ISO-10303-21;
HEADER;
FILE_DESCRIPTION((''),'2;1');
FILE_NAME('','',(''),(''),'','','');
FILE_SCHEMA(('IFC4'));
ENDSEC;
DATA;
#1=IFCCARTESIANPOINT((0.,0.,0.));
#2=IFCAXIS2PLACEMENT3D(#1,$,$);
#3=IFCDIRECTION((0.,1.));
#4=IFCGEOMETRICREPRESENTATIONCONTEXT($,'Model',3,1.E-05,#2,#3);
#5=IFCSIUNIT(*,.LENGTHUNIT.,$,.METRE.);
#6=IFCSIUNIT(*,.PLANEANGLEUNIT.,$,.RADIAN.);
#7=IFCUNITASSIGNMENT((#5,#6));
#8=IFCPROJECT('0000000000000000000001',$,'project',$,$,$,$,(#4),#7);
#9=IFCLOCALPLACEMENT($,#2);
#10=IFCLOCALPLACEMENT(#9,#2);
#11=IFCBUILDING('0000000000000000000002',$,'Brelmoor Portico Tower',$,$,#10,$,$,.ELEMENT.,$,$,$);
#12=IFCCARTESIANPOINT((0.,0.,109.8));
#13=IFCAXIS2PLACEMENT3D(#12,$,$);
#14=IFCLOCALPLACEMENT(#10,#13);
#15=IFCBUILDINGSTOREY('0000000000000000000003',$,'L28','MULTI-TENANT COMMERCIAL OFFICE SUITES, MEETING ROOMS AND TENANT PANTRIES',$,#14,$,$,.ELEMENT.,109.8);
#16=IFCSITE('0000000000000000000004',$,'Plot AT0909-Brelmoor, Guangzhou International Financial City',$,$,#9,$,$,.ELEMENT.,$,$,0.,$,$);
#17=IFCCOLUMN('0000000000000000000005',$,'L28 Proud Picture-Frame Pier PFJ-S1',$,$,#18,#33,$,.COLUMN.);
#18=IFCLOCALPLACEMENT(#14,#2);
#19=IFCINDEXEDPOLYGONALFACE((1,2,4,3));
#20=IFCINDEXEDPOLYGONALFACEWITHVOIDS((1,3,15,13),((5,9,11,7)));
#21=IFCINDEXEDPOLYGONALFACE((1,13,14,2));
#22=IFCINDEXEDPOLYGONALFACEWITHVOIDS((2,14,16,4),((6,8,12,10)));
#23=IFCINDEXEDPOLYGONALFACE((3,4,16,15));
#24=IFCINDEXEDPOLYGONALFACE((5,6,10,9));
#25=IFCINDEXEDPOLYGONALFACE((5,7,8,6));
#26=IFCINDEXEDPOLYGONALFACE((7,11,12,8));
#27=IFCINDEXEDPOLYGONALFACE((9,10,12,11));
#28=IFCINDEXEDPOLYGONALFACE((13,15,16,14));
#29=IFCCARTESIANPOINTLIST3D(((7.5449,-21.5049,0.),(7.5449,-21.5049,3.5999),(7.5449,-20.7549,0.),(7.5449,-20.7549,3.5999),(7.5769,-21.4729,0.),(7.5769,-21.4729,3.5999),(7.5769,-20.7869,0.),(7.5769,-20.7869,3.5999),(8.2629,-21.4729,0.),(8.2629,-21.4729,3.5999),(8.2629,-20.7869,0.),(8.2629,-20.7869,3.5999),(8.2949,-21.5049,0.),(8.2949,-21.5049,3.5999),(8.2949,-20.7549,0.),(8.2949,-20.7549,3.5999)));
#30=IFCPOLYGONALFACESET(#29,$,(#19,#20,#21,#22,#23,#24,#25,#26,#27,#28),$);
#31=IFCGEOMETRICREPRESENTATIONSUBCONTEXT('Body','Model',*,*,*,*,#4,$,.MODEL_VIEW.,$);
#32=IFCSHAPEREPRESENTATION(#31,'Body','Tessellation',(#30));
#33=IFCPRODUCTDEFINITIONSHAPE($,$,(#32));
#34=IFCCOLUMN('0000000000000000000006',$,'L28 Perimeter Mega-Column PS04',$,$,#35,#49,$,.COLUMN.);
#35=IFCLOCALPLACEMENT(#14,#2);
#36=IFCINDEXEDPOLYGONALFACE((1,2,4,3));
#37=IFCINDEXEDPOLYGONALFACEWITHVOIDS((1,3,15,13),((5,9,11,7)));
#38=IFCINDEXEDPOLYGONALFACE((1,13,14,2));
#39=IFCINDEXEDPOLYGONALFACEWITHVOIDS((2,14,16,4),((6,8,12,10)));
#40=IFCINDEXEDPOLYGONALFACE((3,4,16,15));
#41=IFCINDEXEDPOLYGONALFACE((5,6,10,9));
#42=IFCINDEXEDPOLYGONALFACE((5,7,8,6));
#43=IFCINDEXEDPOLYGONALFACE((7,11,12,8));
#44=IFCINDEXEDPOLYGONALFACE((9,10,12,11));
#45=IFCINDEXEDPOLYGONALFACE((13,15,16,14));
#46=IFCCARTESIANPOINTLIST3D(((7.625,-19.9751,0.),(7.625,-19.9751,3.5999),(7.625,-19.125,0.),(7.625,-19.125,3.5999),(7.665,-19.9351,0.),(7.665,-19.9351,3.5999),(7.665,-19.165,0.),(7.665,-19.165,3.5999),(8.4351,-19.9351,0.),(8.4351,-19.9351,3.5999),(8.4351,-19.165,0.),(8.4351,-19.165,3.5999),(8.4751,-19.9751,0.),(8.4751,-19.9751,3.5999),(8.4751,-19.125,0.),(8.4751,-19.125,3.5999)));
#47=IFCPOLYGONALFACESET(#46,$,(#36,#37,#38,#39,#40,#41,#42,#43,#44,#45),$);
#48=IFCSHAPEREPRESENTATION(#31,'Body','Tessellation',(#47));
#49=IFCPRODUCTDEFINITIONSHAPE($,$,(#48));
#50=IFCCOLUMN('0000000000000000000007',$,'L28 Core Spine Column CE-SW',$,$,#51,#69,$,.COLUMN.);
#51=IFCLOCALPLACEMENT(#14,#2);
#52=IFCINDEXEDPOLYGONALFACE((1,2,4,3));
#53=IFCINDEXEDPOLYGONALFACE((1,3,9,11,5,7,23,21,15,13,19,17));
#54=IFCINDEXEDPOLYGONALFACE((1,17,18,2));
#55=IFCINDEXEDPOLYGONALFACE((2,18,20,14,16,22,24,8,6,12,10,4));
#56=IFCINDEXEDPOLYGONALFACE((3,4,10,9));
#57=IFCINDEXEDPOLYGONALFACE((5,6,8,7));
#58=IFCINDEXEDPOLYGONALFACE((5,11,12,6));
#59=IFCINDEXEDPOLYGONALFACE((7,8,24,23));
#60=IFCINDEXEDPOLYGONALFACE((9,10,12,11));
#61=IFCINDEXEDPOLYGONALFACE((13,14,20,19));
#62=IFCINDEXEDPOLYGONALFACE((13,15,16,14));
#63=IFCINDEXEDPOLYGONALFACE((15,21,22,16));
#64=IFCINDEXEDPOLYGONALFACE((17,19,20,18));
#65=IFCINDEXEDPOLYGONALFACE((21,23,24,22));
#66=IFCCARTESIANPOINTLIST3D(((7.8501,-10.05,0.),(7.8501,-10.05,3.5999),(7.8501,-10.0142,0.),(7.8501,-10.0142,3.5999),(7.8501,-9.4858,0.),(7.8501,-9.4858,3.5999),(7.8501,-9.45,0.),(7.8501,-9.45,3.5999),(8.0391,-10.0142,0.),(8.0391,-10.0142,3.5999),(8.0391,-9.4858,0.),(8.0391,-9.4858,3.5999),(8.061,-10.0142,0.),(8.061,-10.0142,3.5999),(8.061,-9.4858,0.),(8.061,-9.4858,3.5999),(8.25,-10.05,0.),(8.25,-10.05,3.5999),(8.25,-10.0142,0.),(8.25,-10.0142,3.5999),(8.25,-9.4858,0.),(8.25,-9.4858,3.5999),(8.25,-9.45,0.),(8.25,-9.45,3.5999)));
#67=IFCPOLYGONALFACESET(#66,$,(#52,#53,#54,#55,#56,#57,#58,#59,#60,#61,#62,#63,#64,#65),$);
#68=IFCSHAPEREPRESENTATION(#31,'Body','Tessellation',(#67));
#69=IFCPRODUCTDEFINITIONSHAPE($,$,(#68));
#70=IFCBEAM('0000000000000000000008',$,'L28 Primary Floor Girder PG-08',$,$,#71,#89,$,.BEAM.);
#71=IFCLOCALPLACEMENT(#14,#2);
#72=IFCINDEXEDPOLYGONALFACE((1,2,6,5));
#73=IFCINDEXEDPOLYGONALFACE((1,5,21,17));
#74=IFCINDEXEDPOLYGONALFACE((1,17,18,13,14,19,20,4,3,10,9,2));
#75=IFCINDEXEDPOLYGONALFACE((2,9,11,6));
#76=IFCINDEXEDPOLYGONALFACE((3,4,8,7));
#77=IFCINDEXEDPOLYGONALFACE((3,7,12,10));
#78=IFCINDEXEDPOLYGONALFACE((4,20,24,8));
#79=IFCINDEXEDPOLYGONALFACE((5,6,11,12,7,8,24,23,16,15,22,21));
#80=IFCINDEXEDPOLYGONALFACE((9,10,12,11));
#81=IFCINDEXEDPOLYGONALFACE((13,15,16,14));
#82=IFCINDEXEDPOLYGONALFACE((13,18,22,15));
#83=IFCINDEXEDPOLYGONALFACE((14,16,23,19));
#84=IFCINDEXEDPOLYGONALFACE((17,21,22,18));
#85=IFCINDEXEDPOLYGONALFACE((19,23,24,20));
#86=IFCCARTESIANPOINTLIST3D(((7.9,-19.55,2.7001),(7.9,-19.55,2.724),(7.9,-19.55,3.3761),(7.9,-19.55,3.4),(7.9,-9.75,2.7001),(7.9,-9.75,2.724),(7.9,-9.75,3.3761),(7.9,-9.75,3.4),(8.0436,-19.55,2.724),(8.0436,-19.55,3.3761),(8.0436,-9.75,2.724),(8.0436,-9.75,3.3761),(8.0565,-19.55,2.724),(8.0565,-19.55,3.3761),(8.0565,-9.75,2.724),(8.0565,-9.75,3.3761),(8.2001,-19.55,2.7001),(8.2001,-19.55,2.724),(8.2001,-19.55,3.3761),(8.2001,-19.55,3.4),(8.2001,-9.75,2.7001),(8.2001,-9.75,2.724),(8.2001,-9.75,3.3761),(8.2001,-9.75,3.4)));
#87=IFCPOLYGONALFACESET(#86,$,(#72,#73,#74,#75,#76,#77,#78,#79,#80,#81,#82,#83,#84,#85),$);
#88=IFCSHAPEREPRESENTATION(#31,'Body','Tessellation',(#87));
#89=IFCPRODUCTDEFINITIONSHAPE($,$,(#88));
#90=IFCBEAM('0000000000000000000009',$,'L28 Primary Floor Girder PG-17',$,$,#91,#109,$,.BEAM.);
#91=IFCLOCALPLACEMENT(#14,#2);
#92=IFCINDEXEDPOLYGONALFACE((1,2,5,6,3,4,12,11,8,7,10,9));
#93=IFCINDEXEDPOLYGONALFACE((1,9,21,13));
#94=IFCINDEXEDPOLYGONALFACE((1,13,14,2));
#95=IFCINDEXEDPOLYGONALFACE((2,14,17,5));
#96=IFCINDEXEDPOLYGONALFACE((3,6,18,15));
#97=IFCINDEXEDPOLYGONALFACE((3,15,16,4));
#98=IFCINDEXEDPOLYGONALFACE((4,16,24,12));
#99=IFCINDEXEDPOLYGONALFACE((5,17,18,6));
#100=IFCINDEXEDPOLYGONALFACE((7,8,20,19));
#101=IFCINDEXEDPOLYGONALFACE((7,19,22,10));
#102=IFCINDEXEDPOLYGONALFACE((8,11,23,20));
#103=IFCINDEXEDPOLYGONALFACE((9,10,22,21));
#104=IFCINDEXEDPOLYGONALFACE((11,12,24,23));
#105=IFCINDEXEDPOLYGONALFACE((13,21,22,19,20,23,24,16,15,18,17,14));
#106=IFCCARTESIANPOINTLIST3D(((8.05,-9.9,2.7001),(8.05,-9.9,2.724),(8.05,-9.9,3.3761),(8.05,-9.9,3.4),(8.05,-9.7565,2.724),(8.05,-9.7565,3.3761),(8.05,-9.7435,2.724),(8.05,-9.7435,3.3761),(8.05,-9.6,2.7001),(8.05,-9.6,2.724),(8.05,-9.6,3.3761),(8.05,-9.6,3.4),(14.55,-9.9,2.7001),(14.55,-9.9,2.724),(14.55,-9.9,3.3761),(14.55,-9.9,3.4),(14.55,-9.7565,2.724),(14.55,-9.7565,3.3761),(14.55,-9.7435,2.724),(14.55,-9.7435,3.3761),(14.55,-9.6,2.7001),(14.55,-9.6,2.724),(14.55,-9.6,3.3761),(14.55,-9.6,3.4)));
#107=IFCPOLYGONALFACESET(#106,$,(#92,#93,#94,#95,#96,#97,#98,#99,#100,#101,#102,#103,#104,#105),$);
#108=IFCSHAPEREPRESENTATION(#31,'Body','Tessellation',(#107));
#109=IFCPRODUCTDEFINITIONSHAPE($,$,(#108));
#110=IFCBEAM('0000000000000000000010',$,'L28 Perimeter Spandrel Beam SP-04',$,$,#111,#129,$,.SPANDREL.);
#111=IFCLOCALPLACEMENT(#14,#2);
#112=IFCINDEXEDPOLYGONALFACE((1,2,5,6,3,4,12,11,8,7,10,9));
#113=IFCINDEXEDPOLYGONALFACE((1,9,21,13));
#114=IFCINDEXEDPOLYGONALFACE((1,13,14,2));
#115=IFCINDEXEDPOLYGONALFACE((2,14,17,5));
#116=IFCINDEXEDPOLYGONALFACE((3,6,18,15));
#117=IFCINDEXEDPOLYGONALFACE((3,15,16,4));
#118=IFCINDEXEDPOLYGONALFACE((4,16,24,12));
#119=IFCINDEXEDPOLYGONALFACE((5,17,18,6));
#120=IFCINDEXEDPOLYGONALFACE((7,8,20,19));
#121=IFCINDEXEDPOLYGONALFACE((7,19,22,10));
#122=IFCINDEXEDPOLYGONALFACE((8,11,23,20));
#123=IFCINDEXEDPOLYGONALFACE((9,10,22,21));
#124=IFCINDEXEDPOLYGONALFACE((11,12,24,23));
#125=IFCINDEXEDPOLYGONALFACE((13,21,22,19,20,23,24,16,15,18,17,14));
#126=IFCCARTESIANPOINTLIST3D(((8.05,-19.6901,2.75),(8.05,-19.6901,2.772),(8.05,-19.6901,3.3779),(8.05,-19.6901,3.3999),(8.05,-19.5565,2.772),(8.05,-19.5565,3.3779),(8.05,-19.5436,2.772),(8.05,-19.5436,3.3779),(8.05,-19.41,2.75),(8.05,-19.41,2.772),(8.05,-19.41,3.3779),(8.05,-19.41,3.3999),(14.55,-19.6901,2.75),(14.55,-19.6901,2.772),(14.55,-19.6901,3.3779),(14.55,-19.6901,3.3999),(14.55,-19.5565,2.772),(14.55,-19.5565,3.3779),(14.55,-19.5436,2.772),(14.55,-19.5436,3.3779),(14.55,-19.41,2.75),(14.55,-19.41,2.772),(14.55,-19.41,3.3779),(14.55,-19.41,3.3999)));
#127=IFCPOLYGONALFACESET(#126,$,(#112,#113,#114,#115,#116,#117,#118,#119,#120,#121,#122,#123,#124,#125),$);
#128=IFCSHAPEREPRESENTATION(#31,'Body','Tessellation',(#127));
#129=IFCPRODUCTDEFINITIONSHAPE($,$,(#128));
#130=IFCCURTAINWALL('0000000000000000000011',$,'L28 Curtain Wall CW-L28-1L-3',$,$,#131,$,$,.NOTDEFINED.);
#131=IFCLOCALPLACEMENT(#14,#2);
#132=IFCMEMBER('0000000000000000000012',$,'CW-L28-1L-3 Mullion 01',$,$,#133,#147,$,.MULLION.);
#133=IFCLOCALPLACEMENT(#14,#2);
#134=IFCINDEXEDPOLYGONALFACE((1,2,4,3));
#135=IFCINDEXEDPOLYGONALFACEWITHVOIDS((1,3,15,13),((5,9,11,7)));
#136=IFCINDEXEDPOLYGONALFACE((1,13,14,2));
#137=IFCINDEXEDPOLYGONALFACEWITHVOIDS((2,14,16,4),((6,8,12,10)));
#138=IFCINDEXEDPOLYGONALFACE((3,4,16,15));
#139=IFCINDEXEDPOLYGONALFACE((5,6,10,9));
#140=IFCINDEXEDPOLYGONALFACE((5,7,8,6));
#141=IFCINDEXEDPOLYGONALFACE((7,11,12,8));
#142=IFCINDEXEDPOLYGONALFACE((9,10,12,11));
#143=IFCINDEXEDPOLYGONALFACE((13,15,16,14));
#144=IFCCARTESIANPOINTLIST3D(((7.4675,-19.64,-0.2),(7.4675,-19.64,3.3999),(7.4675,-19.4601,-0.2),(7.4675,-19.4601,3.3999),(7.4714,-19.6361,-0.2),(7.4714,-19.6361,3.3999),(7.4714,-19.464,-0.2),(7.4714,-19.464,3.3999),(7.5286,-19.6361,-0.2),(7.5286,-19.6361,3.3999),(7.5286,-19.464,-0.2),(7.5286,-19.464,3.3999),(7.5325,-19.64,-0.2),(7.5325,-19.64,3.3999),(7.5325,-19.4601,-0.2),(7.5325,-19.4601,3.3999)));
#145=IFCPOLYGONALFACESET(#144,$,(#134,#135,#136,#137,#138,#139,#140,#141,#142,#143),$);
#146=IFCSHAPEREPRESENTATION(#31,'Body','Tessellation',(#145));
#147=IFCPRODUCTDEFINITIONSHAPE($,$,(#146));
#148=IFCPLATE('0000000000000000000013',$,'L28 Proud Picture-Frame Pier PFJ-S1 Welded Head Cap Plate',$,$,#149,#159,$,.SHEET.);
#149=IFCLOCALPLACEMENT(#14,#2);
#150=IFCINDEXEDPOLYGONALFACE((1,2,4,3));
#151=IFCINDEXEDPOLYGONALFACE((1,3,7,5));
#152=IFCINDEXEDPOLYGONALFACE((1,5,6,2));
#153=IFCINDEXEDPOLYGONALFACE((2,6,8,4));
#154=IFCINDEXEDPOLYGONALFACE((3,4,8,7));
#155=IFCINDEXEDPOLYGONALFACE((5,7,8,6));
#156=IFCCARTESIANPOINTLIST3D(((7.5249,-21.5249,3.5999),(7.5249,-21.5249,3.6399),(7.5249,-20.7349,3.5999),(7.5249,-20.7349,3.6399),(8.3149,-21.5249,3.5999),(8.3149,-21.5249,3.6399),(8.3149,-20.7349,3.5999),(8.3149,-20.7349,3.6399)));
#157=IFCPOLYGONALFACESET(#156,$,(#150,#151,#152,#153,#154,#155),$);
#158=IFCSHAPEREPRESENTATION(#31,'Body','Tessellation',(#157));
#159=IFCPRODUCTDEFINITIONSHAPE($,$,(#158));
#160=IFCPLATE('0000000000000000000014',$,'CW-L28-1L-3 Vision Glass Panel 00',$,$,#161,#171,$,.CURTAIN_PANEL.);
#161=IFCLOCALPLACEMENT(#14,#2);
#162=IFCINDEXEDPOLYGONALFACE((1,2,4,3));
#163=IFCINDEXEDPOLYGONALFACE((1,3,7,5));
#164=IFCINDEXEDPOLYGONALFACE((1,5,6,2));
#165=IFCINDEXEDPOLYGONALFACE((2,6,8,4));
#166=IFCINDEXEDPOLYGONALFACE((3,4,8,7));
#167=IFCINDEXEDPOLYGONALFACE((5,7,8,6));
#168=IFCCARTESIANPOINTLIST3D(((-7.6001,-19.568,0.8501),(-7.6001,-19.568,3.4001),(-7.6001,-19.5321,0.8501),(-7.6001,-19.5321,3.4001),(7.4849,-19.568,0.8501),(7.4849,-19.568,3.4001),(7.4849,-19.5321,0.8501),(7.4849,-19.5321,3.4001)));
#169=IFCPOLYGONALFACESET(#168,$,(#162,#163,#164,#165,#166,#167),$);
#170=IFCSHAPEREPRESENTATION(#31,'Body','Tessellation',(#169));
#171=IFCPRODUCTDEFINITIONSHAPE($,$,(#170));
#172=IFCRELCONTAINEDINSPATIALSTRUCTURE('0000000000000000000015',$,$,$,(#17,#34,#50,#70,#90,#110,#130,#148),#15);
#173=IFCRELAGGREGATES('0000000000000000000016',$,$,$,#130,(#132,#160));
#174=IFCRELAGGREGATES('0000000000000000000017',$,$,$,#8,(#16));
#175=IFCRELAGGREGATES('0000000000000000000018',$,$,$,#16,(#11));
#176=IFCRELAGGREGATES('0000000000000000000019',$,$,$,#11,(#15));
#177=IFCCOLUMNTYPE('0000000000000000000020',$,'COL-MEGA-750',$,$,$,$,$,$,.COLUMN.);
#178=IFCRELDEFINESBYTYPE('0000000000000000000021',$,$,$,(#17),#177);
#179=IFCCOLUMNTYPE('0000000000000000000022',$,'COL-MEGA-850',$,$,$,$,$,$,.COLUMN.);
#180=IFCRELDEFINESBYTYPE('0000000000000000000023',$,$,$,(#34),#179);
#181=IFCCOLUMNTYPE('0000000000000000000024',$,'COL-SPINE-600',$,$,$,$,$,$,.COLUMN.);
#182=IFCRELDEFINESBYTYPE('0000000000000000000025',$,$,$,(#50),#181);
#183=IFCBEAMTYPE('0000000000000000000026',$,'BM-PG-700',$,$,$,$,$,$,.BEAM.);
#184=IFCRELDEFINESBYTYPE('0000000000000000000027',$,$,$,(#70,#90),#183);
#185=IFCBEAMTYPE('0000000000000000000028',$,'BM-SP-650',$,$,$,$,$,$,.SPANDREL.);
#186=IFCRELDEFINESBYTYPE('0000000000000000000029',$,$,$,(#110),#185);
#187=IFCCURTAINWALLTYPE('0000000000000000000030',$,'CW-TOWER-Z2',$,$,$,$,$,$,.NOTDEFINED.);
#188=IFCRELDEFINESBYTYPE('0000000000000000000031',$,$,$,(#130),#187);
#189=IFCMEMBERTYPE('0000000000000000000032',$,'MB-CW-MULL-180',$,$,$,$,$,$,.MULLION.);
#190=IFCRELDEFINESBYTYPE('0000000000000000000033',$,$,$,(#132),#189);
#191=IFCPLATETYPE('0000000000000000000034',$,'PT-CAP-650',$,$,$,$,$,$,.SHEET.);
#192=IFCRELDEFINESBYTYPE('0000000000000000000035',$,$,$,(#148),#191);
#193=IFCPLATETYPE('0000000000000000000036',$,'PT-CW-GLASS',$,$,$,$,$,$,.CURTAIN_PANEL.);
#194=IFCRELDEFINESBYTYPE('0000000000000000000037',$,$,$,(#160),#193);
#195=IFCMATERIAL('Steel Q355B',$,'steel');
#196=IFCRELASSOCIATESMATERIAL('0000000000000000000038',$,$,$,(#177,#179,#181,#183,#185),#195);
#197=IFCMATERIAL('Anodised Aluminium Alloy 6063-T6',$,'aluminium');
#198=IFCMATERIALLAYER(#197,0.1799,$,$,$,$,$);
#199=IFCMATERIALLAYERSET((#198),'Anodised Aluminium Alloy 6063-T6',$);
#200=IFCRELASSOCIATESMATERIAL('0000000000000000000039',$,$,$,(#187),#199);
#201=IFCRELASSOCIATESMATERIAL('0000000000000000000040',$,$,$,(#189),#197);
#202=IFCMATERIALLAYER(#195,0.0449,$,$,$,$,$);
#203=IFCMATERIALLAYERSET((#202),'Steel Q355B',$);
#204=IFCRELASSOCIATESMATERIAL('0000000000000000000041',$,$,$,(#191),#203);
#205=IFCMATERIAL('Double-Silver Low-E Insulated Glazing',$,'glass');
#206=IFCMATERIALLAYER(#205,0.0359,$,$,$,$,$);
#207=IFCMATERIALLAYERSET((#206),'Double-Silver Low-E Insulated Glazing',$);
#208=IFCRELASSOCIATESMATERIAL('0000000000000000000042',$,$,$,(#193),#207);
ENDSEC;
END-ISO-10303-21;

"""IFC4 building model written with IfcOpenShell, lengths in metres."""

from ifc_helpers import new_model, si_unit, direction, frame, origin, origin_2d, place, context, subcontext, project, spatial, rectangle, hollow_rectangle, i_section, extrude, material, layer, layer_set, material_profile, profile_set, type_object, element, aggregate, save


model = new_model("IFC4")

# Units and contexts
model_context = context("Model", 3, precision=1e-05, world=origin(), true_north=direction((0.0, 1.0)))
body_context = subcontext(model_context, "Body", "Model", "MODEL_VIEW")
ifc_project = project(units=[si_unit("LENGTHUNIT", "METRE"), si_unit("PLANEANGLEUNIT", "RADIAN")], contexts=[model_context])

# Site, building, storey
site_placement = place(None, origin())
site = spatial("IfcSite", under=ifc_project, at=site_placement, Name="Plot AT0909-Brelmoor, Guangzhou International Financial City", CompositionType="ELEMENT", RefElevation=0.0)
building_placement = place(site_placement, origin())
building = spatial("IfcBuilding", under=site, at=building_placement, Name="Brelmoor Portico Tower", CompositionType="ELEMENT")
storey_placement = place(building_placement, frame((0.0, 0.0, 109.8)))
storey = spatial("IfcBuildingStorey", under=building, at=storey_placement, Name="L28", Description="MULTI-TENANT COMMERCIAL OFFICE SUITES, MEETING ROOMS AND TENANT PANTRIES", CompositionType="ELEMENT", Elevation=109.8)

# Columns
ifc_material_1 = material(Name="Steel Q355B", Category="steel")
ifc_material_profile_1 = material_profile(ifc_material_1, hollow_rectangle(XDim=0.75, YDim=0.75, WallThickness=0.032, at=origin_2d()), Name="BOX 750x750x32")
ifc_profile_set_1 = profile_set([ifc_material_profile_1], Name="Steel Q355B")
column_type_1 = type_object("IfcColumnType", Name="COL-MEGA-750", PredefinedType="COLUMN", material=ifc_profile_set_1)
column_1_placement = place(storey_placement, frame((7.9199, -21.1299, 0.0), z_axis=(0.0, 0.0, 1.0), x_axis=(1.0, 0.0, 0.0)))
element("IfcColumn", 1, at=column_1_placement, inside=storey, type_object=column_type_1, Name="L28 Proud Picture-Frame Pier PFJ-S1", PredefinedType="COLUMN", context=body_context, shape_type="SweptSolid", body=[
    extrude(hollow_rectangle(XDim=0.75, YDim=0.75, WallThickness=0.032, at=origin_2d()), origin(), (0.0, 0.0, 1.0), 3.5999),
])
ifc_material_profile_2 = material_profile(ifc_material_1, hollow_rectangle(XDim=0.8501, YDim=0.8501, WallThickness=0.04, at=origin_2d()), Name="BOX 850x850x40")
ifc_profile_set_2 = profile_set([ifc_material_profile_2], Name="Steel Q355B")
column_type_2 = type_object("IfcColumnType", Name="COL-MEGA-850", PredefinedType="COLUMN", material=ifc_profile_set_2)
column_2_placement = place(storey_placement, frame((8.05, -19.55, 0.0), z_axis=(0.0, 0.0, 1.0), x_axis=(1.0, 0.0, 0.0)))
element("IfcColumn", 2, at=column_2_placement, inside=storey, type_object=column_type_2, Name="L28 Perimeter Mega-Column PS04", PredefinedType="COLUMN", context=body_context, shape_type="SweptSolid", body=[
    extrude(hollow_rectangle(XDim=0.8501, YDim=0.8501, WallThickness=0.04, at=origin_2d()), origin(), (0.0, 0.0, 1.0), 3.5999),
])
ifc_material_profile_3 = material_profile(ifc_material_1, i_section(OverallWidth=0.3999, OverallDepth=0.6001, WebThickness=0.022, FlangeThickness=0.0359, at=origin_2d()), Name="HW 600x400x22x36")
ifc_profile_set_3 = profile_set([ifc_material_profile_3], Name="Steel Q355B")
column_type_3 = type_object("IfcColumnType", Name="COL-SPINE-600", PredefinedType="COLUMN", material=ifc_profile_set_3)
column_3_placement = place(storey_placement, frame((8.05, -9.75, 0.0), z_axis=(0.0, 0.0, 1.0), x_axis=(1.0, 0.0, 0.0)))
element("IfcColumn", 3, at=column_3_placement, inside=storey, type_object=column_type_3, Name="L28 Core Spine Column CE-SW", PredefinedType="COLUMN", context=body_context, shape_type="SweptSolid", body=[
    extrude(i_section(OverallWidth=0.3999, OverallDepth=0.6001, WebThickness=0.022, FlangeThickness=0.0359, at=origin_2d()), origin(), (0.0, 0.0, 1.0), 3.5999),
])

# Beams
ifc_material_profile_4 = material_profile(ifc_material_1, i_section(OverallWidth=0.3, OverallDepth=0.7, WebThickness=0.0129, FlangeThickness=0.0239, at=origin_2d()), Name="HN 700x300x13x24")
ifc_profile_set_4 = profile_set([ifc_material_profile_4], Name="Steel Q355B")
beam_type_1 = type_object("IfcBeamType", Name="BM-PG-700", PredefinedType="BEAM", material=ifc_profile_set_4)
beam_1_placement = place(storey_placement, frame((8.05, -19.55, 3.05), z_axis=(0.0, 1.0, 0.0), x_axis=(-1.0, 0.0, 0.0)))
element("IfcBeam", 4, at=beam_1_placement, inside=storey, type_object=beam_type_1, Name="L28 Primary Floor Girder PG-08", PredefinedType="BEAM", context=body_context, shape_type="SweptSolid", body=[
    extrude(i_section(OverallWidth=0.3, OverallDepth=0.7, WebThickness=0.0129, FlangeThickness=0.0239, at=origin_2d()), origin(), (0.0, 0.0, 1.0), 9.8),
])
beam_2_placement = place(storey_placement, frame((8.05, -9.75, 3.05), z_axis=(1.0, 0.0, 0.0), x_axis=(0.0, 1.0, 0.0)))
element("IfcBeam", 5, at=beam_2_placement, inside=storey, type_object=beam_type_1, Name="L28 Primary Floor Girder PG-17", PredefinedType="BEAM", context=body_context, shape_type="SweptSolid", body=[
    extrude(i_section(OverallWidth=0.3, OverallDepth=0.7, WebThickness=0.0129, FlangeThickness=0.0239, at=origin_2d()), origin(), (0.0, 0.0, 1.0), 6.5),
])
ifc_material_profile_5 = material_profile(ifc_material_1, i_section(OverallWidth=0.28, OverallDepth=0.6499, WebThickness=0.0129, FlangeThickness=0.022, at=origin_2d()), Name="HN 650x280x13x22")
ifc_profile_set_5 = profile_set([ifc_material_profile_5], Name="Steel Q355B")
beam_type_2 = type_object("IfcBeamType", Name="BM-SP-650", PredefinedType="SPANDREL", material=ifc_profile_set_5)
beam_3_placement = place(storey_placement, frame((8.05, -19.55, 3.075), z_axis=(1.0, 0.0, 0.0), x_axis=(0.0, 1.0, 0.0)))
element("IfcBeam", 6, at=beam_3_placement, inside=storey, type_object=beam_type_2, Name="L28 Perimeter Spandrel Beam SP-04", PredefinedType="SPANDREL", context=body_context, shape_type="SweptSolid", body=[
    extrude(i_section(OverallWidth=0.28, OverallDepth=0.6499, WebThickness=0.0129, FlangeThickness=0.022, at=origin_2d()), origin(), (0.0, 0.0, 1.0), 6.5),
])

# Curtain wall, member
ifc_material_2 = material(Name="Anodised Aluminium Alloy 6063-T6", Category="aluminium")
ifc_layer_1 = layer(ifc_material_2, 0.1799)
ifc_layer_set_1 = layer_set([ifc_layer_1], Name="Anodised Aluminium Alloy 6063-T6")
curtain_wall_type = type_object("IfcCurtainWallType", Name="CW-TOWER-Z2", PredefinedType="NOTDEFINED", material=ifc_layer_set_1)
curtain_wall_placement = place(storey_placement, origin())
curtain_wall = element("IfcCurtainWall", 7, at=curtain_wall_placement, inside=storey, type_object=curtain_wall_type, Name="L28 Curtain Wall CW-L28-1L-3", PredefinedType="NOTDEFINED")
ifc_material_profile_6 = material_profile(ifc_material_2, hollow_rectangle(XDim=0.0649, YDim=0.1799, WallThickness=0.0039, at=origin_2d()), Name="ALU MULLION 65x180")
ifc_profile_set_6 = profile_set([ifc_material_profile_6], Name="Anodised Aluminium Alloy 6063-T6")
member_type = type_object("IfcMemberType", Name="MB-CW-MULL-180", PredefinedType="MULLION", material=ifc_profile_set_6)
member_placement = place(storey_placement, frame((7.5, -19.55, -0.2), z_axis=(0.0, 0.0, 1.0), x_axis=(1.0, 0.0, 0.0)))
member = element("IfcMember", 8, at=member_placement, type_object=member_type, Name="CW-L28-1L-3 Mullion 01", PredefinedType="MULLION", context=body_context, shape_type="SweptSolid", body=[
    extrude(hollow_rectangle(XDim=0.0649, YDim=0.1799, WallThickness=0.0039, at=origin_2d()), origin(), (0.0, 0.0, 1.0), 3.5999),
])

# Plates
ifc_layer_2 = layer(ifc_material_1, 0.0449)
ifc_layer_set_2 = layer_set([ifc_layer_2], Name="Steel Q355B")
plate_type_1 = type_object("IfcPlateType", Name="PT-CAP-650", PredefinedType="SHEET", material=ifc_layer_set_2)
plate_1_placement = place(storey_placement, frame((7.9199, -21.1299, 3.5999), z_axis=(0.0, 0.0, 1.0), x_axis=(1.0, 0.0, 0.0)))
element("IfcPlate", 9, at=plate_1_placement, inside=storey, type_object=plate_type_1, Name="L28 Proud Picture-Frame Pier PFJ-S1 Welded Head Cap Plate", PredefinedType="SHEET", context=body_context, shape_type="SweptSolid", body=[
    extrude(rectangle(XDim=0.79, YDim=0.79, at=origin_2d()), origin(), (0.0, 0.0, 1.0), 0.04),
])
ifc_material_3 = material(Name="Double-Silver Low-E Insulated Glazing", Category="glass")
ifc_layer_3 = layer(ifc_material_3, 0.0359)
ifc_layer_set_3 = layer_set([ifc_layer_3], Name="Double-Silver Low-E Insulated Glazing")
plate_type_2 = type_object("IfcPlateType", Name="PT-CW-GLASS", PredefinedType="CURTAIN_PANEL", material=ifc_layer_set_3)
plate_2_placement = place(storey_placement, frame((-0.0576, -19.55, 0.8501), z_axis=(0.0, 0.0, 1.0), x_axis=(1.0, 0.0, 0.0)))
plate_2 = element("IfcPlate", 10, at=plate_2_placement, type_object=plate_type_2, Name="CW-L28-1L-3 Vision Glass Panel 00", PredefinedType="CURTAIN_PANEL", context=body_context, shape_type="SweptSolid", body=[
    extrude(rectangle(XDim=15.085, YDim=0.0359, at=origin_2d()), origin(), (0.0, 0.0, 1.0), 2.55),
])
aggregate(curtain_wall, [member, plate_2])

save(model, "model.ifc")
